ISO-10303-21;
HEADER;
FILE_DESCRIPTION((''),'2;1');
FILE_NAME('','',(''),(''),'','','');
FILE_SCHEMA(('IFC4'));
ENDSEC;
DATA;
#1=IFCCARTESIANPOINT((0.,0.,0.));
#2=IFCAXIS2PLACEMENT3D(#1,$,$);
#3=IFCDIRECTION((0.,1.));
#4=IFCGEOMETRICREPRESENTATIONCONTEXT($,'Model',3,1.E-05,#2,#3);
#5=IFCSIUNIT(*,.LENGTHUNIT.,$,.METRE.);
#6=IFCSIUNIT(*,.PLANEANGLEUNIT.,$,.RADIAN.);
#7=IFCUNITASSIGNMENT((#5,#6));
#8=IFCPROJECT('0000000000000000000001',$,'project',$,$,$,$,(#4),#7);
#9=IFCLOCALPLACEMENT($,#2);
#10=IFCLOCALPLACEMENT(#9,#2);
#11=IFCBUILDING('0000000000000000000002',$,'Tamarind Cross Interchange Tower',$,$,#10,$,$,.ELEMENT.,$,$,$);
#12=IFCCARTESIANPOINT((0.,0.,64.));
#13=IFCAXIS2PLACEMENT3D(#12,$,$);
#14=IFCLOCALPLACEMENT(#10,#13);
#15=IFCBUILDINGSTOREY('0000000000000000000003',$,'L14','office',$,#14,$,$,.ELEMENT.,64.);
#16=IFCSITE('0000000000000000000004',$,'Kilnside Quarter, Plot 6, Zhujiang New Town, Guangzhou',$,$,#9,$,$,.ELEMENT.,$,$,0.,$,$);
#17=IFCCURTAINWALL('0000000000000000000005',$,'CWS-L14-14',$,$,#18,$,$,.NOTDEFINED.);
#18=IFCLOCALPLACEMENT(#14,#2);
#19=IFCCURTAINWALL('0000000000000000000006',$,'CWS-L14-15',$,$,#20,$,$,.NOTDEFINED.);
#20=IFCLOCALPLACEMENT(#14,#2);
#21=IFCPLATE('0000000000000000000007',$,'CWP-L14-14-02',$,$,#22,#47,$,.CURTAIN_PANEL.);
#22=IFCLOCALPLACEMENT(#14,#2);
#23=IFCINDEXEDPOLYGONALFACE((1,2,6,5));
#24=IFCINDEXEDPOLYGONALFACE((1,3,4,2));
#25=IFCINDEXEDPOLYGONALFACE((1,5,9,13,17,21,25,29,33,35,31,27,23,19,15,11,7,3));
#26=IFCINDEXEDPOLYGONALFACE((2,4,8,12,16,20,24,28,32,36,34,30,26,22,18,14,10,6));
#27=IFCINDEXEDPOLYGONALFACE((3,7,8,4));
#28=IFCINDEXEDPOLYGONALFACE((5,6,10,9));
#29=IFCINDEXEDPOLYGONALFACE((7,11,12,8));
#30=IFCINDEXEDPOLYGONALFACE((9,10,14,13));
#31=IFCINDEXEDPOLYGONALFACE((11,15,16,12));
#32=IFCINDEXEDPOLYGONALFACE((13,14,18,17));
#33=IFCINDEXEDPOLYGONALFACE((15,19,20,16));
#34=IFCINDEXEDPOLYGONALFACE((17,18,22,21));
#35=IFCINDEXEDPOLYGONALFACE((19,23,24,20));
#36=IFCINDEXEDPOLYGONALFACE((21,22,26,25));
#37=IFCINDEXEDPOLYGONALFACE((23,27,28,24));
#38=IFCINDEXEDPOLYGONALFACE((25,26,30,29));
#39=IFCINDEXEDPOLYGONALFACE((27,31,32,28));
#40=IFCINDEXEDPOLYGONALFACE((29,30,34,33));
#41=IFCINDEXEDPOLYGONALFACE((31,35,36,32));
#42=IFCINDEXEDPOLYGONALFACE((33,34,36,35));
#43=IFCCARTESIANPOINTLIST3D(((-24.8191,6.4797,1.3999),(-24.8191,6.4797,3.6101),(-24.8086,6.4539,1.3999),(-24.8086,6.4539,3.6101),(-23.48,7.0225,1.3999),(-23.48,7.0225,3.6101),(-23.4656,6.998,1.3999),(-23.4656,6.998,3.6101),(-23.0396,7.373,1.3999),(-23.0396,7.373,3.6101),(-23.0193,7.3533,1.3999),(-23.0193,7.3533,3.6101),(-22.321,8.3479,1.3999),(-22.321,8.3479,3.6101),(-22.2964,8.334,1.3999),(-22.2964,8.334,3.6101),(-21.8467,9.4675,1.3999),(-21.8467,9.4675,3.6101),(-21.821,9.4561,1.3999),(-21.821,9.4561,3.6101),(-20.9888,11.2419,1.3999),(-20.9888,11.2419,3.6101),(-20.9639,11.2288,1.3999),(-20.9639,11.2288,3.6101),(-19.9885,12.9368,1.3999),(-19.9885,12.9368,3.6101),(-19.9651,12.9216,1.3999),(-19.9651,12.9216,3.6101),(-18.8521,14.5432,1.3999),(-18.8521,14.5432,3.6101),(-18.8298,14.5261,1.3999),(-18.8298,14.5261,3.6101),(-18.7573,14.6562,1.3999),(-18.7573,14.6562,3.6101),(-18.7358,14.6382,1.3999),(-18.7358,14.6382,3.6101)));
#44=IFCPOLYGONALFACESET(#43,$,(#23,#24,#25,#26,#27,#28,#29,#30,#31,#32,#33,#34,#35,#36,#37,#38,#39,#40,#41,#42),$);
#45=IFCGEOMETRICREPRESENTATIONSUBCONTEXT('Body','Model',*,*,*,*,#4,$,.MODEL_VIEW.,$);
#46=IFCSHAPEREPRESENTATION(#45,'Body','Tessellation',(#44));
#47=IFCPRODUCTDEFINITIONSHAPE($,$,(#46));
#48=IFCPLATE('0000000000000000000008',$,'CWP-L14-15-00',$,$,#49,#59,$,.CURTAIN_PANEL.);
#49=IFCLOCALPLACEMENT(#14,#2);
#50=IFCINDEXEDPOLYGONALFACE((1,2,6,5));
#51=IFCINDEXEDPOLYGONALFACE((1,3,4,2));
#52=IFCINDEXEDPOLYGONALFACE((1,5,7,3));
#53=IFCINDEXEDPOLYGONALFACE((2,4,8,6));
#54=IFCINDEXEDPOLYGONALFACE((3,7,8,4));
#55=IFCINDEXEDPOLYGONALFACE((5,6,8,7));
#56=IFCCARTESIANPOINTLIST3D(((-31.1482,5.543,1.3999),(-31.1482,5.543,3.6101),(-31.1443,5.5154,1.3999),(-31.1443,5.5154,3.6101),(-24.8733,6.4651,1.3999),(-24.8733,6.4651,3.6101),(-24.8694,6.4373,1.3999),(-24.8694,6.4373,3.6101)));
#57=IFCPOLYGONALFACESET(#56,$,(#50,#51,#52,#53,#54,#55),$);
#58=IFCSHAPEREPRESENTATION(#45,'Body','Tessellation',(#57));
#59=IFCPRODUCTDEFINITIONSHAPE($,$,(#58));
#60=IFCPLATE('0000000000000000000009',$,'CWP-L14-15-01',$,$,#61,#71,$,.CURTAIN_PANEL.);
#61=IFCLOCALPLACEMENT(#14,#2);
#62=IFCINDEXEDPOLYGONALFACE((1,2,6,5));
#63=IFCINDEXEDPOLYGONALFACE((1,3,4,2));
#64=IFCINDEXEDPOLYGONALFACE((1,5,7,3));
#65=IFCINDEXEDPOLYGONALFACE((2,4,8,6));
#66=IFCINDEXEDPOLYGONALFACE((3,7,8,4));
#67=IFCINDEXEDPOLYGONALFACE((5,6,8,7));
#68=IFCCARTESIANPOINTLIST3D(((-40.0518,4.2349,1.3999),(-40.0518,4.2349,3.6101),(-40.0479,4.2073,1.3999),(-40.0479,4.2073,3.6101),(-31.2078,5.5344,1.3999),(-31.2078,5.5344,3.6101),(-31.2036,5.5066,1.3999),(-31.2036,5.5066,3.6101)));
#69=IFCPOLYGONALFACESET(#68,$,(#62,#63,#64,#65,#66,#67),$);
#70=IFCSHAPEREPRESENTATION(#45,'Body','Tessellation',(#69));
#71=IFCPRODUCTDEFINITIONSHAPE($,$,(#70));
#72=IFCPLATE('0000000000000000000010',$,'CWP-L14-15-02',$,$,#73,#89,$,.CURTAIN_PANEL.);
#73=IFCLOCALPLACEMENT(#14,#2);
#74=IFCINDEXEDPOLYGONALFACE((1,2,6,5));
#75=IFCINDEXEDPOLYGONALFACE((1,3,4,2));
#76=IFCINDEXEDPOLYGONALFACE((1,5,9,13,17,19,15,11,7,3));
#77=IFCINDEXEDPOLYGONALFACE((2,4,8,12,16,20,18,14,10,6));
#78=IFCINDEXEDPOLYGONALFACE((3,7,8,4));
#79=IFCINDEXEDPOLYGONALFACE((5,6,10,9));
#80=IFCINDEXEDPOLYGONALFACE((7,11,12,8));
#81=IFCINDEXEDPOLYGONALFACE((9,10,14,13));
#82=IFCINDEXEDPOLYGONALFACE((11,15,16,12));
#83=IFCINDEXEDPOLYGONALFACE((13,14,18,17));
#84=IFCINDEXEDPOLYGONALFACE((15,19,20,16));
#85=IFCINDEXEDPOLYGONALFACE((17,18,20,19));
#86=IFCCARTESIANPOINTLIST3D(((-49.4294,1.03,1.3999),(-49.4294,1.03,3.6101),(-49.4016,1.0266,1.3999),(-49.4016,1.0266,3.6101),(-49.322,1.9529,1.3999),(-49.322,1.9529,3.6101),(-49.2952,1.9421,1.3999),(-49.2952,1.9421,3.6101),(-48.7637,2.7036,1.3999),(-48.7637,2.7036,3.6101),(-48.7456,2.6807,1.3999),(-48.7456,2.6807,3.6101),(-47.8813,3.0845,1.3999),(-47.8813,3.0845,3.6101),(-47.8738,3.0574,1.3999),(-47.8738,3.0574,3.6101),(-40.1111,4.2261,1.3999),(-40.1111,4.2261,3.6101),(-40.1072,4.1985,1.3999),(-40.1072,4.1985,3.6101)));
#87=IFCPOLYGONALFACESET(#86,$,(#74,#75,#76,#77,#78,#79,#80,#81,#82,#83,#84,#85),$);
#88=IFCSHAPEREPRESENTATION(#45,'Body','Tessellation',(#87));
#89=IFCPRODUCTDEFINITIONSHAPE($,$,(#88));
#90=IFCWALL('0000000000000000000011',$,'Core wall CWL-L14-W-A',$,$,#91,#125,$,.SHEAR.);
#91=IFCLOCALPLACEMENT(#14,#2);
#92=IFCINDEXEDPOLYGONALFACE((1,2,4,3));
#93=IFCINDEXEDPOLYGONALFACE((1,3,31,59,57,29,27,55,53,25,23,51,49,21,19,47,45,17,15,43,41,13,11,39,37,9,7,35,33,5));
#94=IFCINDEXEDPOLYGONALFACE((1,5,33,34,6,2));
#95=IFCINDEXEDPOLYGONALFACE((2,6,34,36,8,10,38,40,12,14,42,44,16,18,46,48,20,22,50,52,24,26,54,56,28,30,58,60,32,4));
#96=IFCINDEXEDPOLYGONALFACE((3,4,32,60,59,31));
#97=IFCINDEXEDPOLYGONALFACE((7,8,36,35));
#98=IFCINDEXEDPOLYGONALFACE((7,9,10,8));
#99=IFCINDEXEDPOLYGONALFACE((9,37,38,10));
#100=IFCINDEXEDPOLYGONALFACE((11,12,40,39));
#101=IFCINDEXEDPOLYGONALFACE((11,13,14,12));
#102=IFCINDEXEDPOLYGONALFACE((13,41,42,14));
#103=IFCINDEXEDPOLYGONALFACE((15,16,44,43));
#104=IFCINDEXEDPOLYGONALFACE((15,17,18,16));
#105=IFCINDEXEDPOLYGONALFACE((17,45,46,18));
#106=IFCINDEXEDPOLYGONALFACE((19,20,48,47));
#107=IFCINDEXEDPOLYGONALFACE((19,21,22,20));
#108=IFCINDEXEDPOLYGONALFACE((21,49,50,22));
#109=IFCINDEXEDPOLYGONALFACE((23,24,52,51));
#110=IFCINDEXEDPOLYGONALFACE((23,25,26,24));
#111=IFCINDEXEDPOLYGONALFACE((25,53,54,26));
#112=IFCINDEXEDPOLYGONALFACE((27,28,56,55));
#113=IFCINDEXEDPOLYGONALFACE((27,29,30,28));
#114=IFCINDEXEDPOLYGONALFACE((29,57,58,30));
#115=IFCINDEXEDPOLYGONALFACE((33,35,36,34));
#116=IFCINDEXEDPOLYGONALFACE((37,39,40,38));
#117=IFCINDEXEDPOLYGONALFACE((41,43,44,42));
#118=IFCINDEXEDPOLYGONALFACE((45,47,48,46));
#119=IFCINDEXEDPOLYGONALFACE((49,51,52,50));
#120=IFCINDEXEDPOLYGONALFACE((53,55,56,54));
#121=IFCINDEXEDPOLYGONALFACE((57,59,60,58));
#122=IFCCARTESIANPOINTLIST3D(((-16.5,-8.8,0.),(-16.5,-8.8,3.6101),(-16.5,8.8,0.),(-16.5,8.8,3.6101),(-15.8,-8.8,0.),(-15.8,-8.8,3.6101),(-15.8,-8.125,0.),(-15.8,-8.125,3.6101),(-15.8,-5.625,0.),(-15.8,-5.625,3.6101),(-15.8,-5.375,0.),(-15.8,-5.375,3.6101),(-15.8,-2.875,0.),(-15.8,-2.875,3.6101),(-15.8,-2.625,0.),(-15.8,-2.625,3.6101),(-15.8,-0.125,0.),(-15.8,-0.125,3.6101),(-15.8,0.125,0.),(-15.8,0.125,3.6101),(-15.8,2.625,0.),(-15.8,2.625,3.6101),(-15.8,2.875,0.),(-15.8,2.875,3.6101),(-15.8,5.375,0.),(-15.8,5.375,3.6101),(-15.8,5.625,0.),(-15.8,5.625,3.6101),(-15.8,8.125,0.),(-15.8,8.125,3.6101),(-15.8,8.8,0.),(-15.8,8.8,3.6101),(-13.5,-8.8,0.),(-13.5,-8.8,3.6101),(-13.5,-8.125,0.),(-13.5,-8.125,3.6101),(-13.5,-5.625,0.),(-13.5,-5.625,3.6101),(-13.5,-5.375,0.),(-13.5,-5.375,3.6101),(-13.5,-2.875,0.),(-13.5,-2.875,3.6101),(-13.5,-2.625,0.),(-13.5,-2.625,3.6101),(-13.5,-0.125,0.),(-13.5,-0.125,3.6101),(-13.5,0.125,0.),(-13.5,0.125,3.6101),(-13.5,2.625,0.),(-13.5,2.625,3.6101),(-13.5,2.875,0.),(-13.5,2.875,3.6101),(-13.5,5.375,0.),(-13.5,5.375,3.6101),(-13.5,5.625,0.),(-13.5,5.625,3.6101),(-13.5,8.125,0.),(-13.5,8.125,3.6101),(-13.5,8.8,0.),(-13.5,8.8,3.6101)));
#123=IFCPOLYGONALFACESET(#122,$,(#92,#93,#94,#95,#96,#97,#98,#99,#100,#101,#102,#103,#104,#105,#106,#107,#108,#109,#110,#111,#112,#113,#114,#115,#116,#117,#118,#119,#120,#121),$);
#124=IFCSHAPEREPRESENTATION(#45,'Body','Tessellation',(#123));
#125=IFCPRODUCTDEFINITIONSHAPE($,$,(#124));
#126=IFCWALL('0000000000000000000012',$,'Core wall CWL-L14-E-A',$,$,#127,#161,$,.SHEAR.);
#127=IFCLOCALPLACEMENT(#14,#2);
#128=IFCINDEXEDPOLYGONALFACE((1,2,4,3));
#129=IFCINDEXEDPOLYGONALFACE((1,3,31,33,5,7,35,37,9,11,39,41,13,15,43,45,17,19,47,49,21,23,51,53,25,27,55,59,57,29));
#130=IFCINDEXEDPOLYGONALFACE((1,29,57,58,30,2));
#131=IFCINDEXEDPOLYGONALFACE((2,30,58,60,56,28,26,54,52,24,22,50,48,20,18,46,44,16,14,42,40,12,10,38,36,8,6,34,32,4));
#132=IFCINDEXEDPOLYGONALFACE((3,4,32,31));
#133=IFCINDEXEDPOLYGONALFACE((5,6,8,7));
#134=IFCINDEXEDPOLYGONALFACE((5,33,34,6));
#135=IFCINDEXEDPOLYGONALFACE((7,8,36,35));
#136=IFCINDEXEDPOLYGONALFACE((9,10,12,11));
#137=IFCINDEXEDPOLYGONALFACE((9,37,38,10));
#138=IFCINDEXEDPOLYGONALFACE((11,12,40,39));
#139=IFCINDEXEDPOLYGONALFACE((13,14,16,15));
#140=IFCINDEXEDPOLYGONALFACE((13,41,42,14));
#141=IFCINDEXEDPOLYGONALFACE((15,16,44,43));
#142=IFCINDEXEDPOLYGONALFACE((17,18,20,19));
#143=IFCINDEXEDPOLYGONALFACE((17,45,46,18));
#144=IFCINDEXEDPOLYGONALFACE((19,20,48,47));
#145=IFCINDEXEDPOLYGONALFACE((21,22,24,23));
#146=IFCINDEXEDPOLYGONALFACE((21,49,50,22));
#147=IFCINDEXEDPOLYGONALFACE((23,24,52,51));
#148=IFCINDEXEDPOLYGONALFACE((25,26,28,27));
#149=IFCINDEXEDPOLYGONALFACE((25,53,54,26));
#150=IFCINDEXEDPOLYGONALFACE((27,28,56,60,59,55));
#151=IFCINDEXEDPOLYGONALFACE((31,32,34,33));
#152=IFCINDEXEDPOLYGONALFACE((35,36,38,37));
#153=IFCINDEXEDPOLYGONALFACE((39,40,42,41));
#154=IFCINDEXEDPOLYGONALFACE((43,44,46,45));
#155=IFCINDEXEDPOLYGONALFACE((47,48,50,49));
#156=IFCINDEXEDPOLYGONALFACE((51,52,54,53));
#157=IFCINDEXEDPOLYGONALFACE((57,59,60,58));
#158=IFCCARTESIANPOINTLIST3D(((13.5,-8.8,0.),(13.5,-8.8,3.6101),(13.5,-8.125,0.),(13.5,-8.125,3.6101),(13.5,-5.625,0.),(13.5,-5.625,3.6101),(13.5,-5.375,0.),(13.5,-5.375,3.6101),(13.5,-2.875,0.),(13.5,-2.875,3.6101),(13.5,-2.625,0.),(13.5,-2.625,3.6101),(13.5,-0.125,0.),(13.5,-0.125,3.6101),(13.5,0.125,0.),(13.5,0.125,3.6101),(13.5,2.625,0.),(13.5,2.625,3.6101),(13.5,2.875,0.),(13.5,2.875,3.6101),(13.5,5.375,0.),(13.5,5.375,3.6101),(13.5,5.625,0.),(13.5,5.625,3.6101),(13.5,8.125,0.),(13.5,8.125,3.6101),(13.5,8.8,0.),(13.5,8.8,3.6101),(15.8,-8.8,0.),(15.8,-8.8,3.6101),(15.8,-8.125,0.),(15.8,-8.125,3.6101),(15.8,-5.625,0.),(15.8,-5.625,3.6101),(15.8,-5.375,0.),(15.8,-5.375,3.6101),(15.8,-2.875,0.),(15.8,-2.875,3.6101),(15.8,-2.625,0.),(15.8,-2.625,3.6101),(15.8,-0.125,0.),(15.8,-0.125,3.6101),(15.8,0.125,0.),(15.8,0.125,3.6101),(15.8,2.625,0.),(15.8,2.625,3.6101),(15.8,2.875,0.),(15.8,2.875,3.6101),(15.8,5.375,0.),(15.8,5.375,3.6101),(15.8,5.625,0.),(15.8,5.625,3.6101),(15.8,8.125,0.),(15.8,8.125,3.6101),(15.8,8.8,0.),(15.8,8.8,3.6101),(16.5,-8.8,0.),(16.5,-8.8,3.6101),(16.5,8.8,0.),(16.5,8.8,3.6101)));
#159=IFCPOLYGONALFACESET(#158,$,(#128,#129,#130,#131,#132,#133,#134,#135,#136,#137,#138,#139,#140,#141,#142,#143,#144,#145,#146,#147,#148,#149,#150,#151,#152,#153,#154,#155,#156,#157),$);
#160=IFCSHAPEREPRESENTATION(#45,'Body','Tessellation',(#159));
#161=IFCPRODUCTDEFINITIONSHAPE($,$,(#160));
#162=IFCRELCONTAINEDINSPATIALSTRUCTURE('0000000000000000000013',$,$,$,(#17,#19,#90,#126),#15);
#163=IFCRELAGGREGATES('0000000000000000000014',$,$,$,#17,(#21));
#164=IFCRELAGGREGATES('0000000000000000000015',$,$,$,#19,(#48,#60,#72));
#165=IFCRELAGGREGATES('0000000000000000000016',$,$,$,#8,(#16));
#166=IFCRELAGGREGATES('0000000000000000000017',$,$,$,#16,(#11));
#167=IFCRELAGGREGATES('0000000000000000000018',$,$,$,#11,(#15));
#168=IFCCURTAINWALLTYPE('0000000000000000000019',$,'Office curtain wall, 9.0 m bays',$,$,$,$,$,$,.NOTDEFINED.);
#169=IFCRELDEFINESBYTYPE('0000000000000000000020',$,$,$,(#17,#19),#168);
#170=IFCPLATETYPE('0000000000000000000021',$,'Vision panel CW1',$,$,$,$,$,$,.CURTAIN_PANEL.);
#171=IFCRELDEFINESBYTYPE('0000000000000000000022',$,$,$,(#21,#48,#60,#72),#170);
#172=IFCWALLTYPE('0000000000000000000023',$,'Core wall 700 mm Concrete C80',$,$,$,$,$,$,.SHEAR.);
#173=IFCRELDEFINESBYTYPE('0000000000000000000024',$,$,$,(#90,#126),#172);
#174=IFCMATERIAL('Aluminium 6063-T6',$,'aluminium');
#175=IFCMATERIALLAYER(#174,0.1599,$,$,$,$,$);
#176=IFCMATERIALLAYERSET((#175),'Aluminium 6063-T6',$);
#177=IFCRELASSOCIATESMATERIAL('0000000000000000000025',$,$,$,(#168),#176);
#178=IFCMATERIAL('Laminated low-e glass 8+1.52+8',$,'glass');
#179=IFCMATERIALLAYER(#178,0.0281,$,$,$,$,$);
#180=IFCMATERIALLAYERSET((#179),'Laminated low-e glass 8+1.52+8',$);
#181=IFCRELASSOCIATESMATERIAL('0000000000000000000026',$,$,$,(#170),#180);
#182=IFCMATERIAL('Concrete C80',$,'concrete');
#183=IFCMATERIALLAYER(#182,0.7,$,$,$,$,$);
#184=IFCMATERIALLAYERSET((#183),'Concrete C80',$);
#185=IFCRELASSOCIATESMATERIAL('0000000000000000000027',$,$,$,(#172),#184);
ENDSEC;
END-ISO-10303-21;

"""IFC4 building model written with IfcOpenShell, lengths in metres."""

from ifc_helpers import new_model, si_unit, direction, frame, origin, place, context, subcontext, project, spatial, polyline, outline, extrude, material, layer, layer_set, type_object, element, aggregate, save


model = new_model("IFC4")

# Units and contexts
model_context = context("Model", 3, precision=1e-05, world=origin(), true_north=direction((0.0, 1.0)))
body_context = subcontext(model_context, "Body", "Model", "MODEL_VIEW")
ifc_project = project(units=[si_unit("LENGTHUNIT", "METRE"), si_unit("PLANEANGLEUNIT", "RADIAN")], contexts=[model_context])

# Site, building, storey
site_placement = place(None, origin())
site = spatial("IfcSite", under=ifc_project, at=site_placement, Name="Kilnside Quarter, Plot 6, Zhujiang New Town, Guangzhou", CompositionType="ELEMENT", RefElevation=0.0)
building_placement = place(site_placement, origin())
building = spatial("IfcBuilding", under=site, at=building_placement, Name="Tamarind Cross Interchange Tower", CompositionType="ELEMENT")
storey_placement = place(building_placement, frame((0.0, 0.0, 64.0)))
storey = spatial("IfcBuildingStorey", under=building, at=storey_placement, Name="L14", Description="office", CompositionType="ELEMENT", Elevation=64.0)

# Curtain walls
ifc_material_1 = material(Name="Aluminium 6063-T6", Category="aluminium")
ifc_layer_1 = layer(ifc_material_1, 0.1599)
ifc_layer_set_1 = layer_set([ifc_layer_1], Name="Aluminium 6063-T6")
curtain_wall_type = type_object("IfcCurtainWallType", Name="Office curtain wall, 9.0 m bays", PredefinedType="NOTDEFINED", material=ifc_layer_set_1)
curtain_wall_1_placement = place(storey_placement, origin())
curtain_wall_1 = element("IfcCurtainWall", 1, at=curtain_wall_1_placement, inside=storey, type_object=curtain_wall_type, Name="CWS-L14-14", PredefinedType="NOTDEFINED")
curtain_wall_2_placement = place(storey_placement, origin())
curtain_wall_2 = element("IfcCurtainWall", 2, at=curtain_wall_2_placement, inside=storey, type_object=curtain_wall_type, Name="CWS-L14-15", PredefinedType="NOTDEFINED")

# Plates
ifc_material_2 = material(Name="Laminated low-e glass 8+1.52+8", Category="glass")
ifc_layer_2 = layer(ifc_material_2, 0.0281)
ifc_layer_set_2 = layer_set([ifc_layer_2], Name="Laminated low-e glass 8+1.52+8")
plate_type = type_object("IfcPlateType", Name="Vision panel CW1", PredefinedType="CURTAIN_PANEL", material=ifc_layer_set_2)
plate_1_placement = place(storey_placement, frame((0.0, 0.0, 1.3999)))
plate_1 = element("IfcPlate", 3, at=plate_1_placement, type_object=plate_type, Name="CWP-L14-14-02", PredefinedType="CURTAIN_PANEL", context=body_context, shape_type="SweptSolid", body=[
    extrude(outline(polyline([(-18.7358, 14.6382), (-18.8298, 14.5261), (-19.9651, 12.9216), (-20.9639, 11.2288), (-21.821, 9.4561), (-22.2964, 8.334), (-23.0193, 7.3533), (-23.4656, 6.998), (-24.8086, 6.4539), (-24.8191, 6.4797), (-23.48, 7.0225), (-23.0396, 7.373), (-22.321, 8.3479), (-21.8467, 9.4675), (-20.9888, 11.2419), (-19.9885, 12.9368), (-18.8521, 14.5432), (-18.7573, 14.6562), (-18.7358, 14.6382)])), origin(), (0.0, 0.0, 1.0), 2.2102),
])
aggregate(curtain_wall_1, [plate_1])
plate_2_placement = place(storey_placement, frame((0.0, 0.0, 1.3999)))
plate_2 = element("IfcPlate", 4, at=plate_2_placement, type_object=plate_type, Name="CWP-L14-15-00", PredefinedType="CURTAIN_PANEL", context=body_context, shape_type="SweptSolid", body=[
    extrude(outline(polyline([(-24.8694, 6.4373), (-31.1443, 5.5154), (-31.1482, 5.543), (-24.8733, 6.4651), (-24.8694, 6.4373)])), origin(), (0.0, 0.0, 1.0), 2.2102),
])
plate_3_placement = place(storey_placement, frame((0.0, 0.0, 1.3999)))
plate_3 = element("IfcPlate", 5, at=plate_3_placement, type_object=plate_type, Name="CWP-L14-15-01", PredefinedType="CURTAIN_PANEL", context=body_context, shape_type="SweptSolid", body=[
    extrude(outline(polyline([(-31.2036, 5.5066), (-40.0479, 4.2073), (-40.0518, 4.2349), (-31.2078, 5.5344), (-31.2036, 5.5066)])), origin(), (0.0, 0.0, 1.0), 2.2102),
])
plate_4_placement = place(storey_placement, frame((0.0, 0.0, 1.3999)))
plate_4 = element("IfcPlate", 6, at=plate_4_placement, type_object=plate_type, Name="CWP-L14-15-02", PredefinedType="CURTAIN_PANEL", context=body_context, shape_type="SweptSolid", body=[
    extrude(outline(polyline([(-40.1072, 4.1985), (-47.8738, 3.0574), (-48.7456, 2.6807), (-49.2952, 1.9421), (-49.4016, 1.0266), (-49.4294, 1.03), (-49.322, 1.9529), (-48.7637, 2.7036), (-47.8813, 3.0845), (-40.1111, 4.2261), (-40.1072, 4.1985)])), origin(), (0.0, 0.0, 1.0), 2.2102),
])
aggregate(curtain_wall_2, [plate_2, plate_3, plate_4])

# Walls
ifc_material_3 = material(Name="Concrete C80", Category="concrete")
ifc_layer_3 = layer(ifc_material_3, 0.7)
ifc_layer_set_3 = layer_set([ifc_layer_3], Name="Concrete C80")
wall_type_1 = type_object("IfcWallType", Name="Core wall 700 mm Concrete C80", PredefinedType="SHEAR", material=ifc_layer_set_3)
wall_1_placement = place(storey_placement, origin())
element("IfcWall", 7, at=wall_1_placement, inside=storey, type_object=wall_type_1, Name="Core wall CWL-L14-W-A", PredefinedType="SHEAR", context=body_context, shape_type="SweptSolid", body=[
    extrude(outline(polyline([(-13.5, -8.8), (-13.5, -8.125), (-15.8, -8.125), (-15.8, -5.625), (-13.5, -5.625), (-13.5, -5.375), (-15.8, -5.375), (-15.8, -2.875), (-13.5, -2.875), (-13.5, -2.625), (-15.8, -2.625), (-15.8, -0.125), (-13.5, -0.125), (-13.5, 0.125), (-15.8, 0.125), (-15.8, 2.625), (-13.5, 2.625), (-13.5, 2.875), (-15.8, 2.875), (-15.8, 5.375), (-13.5, 5.375), (-13.5, 5.625), (-15.8, 5.625), (-15.8, 8.125), (-13.5, 8.125), (-13.5, 8.8), (-15.8, 8.8), (-16.5, 8.8), (-16.5, -8.8), (-15.8, -8.8), (-13.5, -8.8)])), origin(), (0.0, 0.0, 1.0), 3.6101),
])
wall_2_placement = place(storey_placement, origin())
element("IfcWall", 8, at=wall_2_placement, inside=storey, type_object=wall_type_1, Name="Core wall CWL-L14-E-A", PredefinedType="SHEAR", context=body_context, shape_type="SweptSolid", body=[
    extrude(outline(polyline([(13.5, -8.8), (15.8, -8.8), (16.5, -8.8), (16.5, 8.8), (15.8, 8.8), (13.5, 8.8), (13.5, 8.125), (15.8, 8.125), (15.8, 5.625), (13.5, 5.625), (13.5, 5.375), (15.8, 5.375), (15.8, 2.875), (13.5, 2.875), (13.5, 2.625), (15.8, 2.625), (15.8, 0.125), (13.5, 0.125), (13.5, -0.125), (15.8, -0.125), (15.8, -2.625), (13.5, -2.625), (13.5, -2.875), (15.8, -2.875), (15.8, -5.375), (13.5, -5.375), (13.5, -5.625), (15.8, -5.625), (15.8, -8.125), (13.5, -8.125), (13.5, -8.8)])), origin(), (0.0, 0.0, 1.0), 3.6101),
])

save(model, "model.ifc")
